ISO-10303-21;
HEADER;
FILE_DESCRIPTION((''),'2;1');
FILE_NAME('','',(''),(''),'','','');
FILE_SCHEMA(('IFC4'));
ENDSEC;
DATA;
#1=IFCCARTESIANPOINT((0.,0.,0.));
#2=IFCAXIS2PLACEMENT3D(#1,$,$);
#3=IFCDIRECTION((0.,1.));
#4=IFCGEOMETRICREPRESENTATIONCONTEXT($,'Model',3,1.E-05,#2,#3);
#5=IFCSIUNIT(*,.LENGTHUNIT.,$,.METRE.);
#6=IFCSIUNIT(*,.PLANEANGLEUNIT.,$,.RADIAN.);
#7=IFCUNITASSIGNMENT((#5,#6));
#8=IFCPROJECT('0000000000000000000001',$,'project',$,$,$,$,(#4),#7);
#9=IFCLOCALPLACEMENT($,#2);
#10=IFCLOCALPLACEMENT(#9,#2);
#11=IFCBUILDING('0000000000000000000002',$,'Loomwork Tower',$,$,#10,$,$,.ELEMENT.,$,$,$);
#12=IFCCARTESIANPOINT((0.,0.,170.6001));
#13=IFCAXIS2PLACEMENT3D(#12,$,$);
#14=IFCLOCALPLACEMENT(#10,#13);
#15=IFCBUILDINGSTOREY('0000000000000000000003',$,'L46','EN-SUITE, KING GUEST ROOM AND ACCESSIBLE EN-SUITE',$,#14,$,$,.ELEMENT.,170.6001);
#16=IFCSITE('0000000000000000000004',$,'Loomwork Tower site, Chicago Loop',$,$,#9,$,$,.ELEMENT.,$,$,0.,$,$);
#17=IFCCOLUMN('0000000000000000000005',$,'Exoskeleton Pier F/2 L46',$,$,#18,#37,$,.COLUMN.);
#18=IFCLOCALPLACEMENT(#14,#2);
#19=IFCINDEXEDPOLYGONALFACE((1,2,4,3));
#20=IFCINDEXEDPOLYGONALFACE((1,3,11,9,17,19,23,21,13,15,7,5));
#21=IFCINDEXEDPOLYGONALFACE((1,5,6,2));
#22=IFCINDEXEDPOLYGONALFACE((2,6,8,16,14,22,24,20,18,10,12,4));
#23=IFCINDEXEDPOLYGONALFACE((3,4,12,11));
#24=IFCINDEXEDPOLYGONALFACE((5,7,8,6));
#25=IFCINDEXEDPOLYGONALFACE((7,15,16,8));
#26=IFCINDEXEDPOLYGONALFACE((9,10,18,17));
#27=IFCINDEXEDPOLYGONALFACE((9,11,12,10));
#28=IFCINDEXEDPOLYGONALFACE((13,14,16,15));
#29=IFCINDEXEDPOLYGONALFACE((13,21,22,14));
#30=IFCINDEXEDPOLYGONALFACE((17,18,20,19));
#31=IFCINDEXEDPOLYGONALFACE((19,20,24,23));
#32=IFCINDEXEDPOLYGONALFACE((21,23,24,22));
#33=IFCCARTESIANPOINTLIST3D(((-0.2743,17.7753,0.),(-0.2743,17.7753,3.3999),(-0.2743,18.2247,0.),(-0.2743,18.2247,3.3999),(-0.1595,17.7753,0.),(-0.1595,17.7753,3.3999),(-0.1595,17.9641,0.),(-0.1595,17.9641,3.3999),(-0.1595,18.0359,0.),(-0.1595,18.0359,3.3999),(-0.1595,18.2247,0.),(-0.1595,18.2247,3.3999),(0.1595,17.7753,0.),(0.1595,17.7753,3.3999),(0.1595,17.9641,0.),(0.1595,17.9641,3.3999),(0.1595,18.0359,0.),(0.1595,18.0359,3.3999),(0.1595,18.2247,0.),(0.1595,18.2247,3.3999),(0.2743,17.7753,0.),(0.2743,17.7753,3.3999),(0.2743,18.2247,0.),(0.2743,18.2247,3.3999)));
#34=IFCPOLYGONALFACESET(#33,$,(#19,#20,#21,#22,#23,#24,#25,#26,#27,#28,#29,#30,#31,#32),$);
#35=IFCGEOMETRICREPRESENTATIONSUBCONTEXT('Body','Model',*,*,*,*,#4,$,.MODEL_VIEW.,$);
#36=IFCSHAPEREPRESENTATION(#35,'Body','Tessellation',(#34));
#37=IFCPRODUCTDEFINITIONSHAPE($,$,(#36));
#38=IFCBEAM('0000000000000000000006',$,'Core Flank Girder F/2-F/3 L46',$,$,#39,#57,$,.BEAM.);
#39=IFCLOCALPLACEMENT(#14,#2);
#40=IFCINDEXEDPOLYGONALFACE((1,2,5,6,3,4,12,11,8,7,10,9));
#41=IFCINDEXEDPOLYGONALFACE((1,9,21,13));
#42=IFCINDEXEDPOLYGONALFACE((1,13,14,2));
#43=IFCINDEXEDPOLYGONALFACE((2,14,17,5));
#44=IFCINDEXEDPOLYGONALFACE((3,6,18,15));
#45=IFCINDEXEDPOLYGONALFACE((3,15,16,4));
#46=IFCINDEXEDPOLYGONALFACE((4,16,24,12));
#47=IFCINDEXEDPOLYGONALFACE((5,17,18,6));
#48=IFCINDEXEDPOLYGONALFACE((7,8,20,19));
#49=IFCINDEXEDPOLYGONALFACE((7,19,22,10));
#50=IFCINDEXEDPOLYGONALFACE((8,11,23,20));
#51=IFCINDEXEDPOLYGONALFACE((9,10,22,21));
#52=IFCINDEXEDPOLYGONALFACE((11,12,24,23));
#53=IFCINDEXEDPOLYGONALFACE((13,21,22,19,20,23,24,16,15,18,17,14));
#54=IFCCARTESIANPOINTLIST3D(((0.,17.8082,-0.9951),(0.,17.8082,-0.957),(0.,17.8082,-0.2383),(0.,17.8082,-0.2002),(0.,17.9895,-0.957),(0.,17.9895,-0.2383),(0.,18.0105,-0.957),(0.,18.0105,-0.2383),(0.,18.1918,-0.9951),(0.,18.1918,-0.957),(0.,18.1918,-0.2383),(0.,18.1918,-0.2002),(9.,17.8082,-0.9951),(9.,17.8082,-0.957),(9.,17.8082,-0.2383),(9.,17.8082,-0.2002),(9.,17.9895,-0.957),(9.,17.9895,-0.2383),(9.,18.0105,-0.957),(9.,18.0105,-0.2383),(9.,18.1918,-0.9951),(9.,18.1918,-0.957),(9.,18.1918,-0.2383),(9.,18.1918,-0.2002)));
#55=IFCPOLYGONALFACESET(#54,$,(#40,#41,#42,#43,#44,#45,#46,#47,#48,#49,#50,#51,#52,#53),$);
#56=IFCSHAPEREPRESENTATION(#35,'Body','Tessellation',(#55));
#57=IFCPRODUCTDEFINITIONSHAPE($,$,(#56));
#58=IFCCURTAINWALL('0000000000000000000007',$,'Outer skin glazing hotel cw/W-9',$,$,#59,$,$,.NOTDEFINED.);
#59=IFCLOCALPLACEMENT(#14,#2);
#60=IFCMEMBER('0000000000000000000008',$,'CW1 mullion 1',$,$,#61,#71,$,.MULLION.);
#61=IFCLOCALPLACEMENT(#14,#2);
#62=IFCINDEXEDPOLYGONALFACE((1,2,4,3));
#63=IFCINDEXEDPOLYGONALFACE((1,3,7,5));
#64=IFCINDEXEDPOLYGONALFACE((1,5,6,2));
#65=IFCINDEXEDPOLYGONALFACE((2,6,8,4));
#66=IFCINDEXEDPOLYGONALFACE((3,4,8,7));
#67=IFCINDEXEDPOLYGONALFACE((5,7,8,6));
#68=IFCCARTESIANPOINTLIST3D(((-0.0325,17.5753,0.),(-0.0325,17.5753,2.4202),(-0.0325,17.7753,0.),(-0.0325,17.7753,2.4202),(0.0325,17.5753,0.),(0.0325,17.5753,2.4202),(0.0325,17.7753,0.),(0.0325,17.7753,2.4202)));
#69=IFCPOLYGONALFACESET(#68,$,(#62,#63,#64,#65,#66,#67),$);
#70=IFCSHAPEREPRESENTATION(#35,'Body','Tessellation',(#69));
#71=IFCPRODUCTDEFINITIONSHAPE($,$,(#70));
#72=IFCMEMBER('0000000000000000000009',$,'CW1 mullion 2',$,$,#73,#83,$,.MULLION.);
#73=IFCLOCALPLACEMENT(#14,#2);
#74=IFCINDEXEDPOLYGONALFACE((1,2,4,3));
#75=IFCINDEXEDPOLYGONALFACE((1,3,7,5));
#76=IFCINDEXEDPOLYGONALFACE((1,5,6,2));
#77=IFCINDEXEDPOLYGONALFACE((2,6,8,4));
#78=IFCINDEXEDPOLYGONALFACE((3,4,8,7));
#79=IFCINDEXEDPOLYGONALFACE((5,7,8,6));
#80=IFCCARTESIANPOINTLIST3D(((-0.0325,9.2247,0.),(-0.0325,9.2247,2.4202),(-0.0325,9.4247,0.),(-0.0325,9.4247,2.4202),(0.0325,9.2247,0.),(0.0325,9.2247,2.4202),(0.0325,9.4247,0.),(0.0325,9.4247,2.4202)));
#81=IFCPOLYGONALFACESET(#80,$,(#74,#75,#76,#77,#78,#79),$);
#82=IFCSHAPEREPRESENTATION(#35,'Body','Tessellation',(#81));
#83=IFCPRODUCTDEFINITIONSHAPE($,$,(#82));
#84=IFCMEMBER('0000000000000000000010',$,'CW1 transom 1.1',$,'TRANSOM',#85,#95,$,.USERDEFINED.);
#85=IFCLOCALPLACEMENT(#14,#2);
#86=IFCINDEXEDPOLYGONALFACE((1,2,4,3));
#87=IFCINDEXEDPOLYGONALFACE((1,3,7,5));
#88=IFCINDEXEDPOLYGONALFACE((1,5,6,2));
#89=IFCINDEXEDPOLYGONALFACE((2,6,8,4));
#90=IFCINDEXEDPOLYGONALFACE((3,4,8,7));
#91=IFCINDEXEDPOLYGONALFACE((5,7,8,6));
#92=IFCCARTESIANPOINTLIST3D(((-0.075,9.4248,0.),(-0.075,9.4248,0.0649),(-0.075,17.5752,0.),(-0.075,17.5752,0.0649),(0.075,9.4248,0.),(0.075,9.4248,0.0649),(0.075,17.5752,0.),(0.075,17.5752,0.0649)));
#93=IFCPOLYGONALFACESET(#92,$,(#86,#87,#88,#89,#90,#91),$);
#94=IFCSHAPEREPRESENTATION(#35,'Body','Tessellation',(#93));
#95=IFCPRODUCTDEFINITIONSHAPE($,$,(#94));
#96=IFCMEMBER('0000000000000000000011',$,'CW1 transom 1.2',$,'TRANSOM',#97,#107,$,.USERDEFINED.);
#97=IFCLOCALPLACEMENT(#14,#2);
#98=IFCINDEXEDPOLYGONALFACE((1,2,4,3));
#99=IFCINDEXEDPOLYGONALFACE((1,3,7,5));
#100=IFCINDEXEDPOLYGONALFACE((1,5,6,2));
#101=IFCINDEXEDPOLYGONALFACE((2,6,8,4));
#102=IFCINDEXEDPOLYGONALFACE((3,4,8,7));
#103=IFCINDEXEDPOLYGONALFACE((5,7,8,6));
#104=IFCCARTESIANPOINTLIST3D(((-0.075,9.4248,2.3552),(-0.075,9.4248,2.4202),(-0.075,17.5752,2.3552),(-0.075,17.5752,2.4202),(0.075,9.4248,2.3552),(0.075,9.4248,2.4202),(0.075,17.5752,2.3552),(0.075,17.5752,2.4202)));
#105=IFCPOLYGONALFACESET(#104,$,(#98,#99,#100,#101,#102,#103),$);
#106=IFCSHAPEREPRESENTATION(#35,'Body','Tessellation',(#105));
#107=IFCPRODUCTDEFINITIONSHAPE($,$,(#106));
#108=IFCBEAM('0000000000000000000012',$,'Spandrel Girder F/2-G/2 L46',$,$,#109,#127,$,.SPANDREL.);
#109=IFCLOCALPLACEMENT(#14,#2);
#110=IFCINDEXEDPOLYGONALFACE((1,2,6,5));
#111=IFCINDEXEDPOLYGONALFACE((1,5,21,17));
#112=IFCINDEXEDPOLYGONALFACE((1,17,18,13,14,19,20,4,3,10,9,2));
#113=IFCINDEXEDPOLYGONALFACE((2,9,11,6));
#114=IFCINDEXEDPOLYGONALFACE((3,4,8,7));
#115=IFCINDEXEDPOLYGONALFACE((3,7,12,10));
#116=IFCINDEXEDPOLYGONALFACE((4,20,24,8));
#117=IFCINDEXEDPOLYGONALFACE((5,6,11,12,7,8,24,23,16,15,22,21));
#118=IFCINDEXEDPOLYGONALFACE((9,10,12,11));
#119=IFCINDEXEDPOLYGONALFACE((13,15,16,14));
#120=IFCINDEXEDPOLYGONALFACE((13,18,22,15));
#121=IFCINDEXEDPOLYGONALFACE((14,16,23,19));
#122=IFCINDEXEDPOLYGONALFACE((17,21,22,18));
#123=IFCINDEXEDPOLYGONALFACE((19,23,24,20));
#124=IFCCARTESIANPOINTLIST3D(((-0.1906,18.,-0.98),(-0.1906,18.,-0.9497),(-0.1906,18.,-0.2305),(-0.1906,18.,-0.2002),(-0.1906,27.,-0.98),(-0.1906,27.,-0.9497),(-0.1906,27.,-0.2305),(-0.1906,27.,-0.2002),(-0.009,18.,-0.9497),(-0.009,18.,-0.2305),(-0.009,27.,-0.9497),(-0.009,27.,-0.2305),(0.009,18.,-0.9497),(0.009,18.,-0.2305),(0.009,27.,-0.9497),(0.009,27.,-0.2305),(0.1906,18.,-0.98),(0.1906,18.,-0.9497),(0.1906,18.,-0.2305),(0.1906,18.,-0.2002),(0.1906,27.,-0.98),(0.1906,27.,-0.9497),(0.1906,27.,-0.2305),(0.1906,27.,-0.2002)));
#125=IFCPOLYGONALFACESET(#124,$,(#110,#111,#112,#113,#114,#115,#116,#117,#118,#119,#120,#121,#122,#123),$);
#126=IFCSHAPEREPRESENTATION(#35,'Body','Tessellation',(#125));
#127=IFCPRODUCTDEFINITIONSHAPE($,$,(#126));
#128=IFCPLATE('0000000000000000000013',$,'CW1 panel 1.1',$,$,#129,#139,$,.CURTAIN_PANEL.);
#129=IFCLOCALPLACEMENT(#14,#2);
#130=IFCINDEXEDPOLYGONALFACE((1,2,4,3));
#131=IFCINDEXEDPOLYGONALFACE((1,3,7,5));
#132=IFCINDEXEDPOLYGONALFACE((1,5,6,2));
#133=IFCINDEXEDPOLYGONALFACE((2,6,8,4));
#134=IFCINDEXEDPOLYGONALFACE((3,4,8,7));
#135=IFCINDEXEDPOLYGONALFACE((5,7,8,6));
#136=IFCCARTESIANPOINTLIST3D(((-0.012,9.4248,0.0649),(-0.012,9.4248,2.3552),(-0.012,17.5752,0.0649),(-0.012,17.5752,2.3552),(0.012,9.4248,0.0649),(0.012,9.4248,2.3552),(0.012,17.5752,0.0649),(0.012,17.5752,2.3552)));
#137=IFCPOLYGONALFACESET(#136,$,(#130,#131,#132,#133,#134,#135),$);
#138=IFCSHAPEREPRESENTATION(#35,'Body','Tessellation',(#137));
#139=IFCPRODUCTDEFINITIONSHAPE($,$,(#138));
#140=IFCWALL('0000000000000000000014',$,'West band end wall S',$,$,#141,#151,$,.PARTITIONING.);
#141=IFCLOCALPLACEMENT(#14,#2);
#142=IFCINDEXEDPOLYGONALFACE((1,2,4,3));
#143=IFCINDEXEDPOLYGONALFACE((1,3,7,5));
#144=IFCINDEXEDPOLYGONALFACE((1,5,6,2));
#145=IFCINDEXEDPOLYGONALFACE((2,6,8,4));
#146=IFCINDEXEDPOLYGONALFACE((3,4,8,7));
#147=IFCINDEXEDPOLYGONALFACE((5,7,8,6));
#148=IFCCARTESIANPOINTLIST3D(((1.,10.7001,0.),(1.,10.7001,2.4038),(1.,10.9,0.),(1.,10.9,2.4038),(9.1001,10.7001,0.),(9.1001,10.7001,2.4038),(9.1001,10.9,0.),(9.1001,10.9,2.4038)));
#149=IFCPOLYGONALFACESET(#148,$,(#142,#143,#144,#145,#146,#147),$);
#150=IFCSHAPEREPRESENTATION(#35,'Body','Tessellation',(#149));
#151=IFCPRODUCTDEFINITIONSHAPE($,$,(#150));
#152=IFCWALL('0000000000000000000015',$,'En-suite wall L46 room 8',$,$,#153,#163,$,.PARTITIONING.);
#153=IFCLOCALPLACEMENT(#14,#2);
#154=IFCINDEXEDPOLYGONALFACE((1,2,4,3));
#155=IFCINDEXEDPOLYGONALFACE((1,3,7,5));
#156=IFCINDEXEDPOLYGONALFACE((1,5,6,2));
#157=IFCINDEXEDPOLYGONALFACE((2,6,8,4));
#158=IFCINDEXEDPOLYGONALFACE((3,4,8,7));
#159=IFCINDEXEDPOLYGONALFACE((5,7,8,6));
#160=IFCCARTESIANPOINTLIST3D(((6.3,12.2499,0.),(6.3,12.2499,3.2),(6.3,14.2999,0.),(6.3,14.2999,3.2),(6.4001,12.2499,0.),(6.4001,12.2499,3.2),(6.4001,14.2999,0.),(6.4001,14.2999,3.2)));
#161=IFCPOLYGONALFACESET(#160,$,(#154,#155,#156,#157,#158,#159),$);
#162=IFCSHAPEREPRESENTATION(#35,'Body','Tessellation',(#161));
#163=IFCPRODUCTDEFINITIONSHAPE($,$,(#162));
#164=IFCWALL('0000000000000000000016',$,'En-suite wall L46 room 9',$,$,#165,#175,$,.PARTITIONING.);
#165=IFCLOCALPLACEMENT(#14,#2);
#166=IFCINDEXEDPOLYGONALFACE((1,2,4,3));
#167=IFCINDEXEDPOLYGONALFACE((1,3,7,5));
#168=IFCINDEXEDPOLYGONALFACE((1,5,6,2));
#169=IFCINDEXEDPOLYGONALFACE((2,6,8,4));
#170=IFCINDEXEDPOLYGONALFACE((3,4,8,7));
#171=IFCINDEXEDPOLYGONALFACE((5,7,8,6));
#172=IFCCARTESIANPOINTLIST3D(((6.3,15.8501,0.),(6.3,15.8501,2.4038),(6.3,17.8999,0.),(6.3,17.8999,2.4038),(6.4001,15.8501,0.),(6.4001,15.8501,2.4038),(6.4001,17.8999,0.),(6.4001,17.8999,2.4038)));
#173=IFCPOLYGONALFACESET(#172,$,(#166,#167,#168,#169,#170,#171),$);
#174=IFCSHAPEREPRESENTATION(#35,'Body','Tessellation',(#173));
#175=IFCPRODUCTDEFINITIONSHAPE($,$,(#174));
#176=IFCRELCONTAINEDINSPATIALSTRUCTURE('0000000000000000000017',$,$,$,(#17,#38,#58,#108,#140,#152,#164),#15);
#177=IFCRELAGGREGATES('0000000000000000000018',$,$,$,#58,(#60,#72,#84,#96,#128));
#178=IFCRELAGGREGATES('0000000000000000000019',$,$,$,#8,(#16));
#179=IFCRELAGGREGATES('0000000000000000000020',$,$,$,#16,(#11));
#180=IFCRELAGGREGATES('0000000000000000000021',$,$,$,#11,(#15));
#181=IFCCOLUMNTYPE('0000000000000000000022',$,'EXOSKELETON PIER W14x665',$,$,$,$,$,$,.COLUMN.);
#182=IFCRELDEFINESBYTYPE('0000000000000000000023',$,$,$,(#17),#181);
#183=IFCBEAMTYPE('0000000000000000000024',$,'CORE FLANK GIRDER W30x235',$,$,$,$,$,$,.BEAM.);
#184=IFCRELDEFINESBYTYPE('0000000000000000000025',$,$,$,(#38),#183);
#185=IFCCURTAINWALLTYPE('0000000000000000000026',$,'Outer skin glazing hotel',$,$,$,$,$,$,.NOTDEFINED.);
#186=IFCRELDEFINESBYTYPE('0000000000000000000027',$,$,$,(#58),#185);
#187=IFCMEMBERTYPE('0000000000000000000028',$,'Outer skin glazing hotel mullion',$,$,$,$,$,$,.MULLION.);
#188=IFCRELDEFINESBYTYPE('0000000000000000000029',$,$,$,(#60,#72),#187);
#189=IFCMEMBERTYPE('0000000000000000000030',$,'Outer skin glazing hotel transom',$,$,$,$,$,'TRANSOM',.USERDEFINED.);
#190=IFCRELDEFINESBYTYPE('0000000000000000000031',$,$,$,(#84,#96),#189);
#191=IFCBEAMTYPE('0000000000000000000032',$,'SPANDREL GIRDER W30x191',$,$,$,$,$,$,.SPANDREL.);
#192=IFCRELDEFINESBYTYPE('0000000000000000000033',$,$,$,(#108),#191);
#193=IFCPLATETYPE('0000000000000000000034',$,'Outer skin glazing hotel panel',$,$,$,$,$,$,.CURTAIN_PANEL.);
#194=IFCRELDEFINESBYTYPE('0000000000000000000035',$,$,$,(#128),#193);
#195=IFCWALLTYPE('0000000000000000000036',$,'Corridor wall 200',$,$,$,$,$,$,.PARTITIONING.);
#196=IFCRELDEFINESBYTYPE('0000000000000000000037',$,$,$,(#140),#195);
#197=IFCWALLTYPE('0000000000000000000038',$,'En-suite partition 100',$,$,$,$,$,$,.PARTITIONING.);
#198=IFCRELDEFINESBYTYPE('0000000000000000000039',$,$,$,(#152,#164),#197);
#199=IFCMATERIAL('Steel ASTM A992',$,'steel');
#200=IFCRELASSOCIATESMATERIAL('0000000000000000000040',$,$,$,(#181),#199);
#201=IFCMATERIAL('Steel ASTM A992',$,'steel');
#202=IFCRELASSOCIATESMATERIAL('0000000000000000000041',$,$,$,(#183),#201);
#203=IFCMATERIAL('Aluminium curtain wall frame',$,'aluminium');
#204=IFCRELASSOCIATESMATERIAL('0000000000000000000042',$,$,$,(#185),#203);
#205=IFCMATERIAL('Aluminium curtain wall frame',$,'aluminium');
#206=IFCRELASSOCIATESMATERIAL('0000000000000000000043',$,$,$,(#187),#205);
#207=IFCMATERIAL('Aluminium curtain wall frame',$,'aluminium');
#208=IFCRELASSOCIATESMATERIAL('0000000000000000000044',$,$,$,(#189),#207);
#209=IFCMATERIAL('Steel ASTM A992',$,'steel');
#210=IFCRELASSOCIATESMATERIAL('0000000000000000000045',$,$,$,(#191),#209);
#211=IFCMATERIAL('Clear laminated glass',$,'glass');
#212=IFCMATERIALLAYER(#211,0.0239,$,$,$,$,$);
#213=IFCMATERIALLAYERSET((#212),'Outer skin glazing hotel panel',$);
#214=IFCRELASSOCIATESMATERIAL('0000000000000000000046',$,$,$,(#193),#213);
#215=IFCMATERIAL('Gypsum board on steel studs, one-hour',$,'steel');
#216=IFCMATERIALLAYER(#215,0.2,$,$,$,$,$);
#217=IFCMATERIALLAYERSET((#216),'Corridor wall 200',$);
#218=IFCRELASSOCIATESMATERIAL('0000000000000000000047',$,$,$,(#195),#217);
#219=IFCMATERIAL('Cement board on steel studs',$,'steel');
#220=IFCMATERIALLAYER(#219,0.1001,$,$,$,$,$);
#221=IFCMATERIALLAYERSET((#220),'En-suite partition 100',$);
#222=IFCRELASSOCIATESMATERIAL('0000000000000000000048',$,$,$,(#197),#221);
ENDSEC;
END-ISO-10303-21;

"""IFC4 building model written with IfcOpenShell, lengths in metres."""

from ifc_helpers import new_model, si_unit, direction, frame, frame_2d, origin, origin_2d, place, context, subcontext, project, spatial, rectangle, i_section, extrude, material, layer, layer_set, material_profile, profile_set, type_object, element, aggregate, save


model = new_model("IFC4")

# Units and contexts
model_context = context("Model", 3, precision=1e-05, world=origin(), true_north=direction((0.0, 1.0)))
body_context = subcontext(model_context, "Body", "Model", "MODEL_VIEW")
ifc_project = project(units=[si_unit("LENGTHUNIT", "METRE"), si_unit("PLANEANGLEUNIT", "RADIAN")], contexts=[model_context])

# Site, building, storey
site_placement = place(None, origin())
site = spatial("IfcSite", under=ifc_project, at=site_placement, Name="Loomwork Tower site, Chicago Loop", CompositionType="ELEMENT", RefElevation=0.0)
building_placement = place(site_placement, origin())
building = spatial("IfcBuilding", under=site, at=building_placement, Name="Loomwork Tower", CompositionType="ELEMENT")
storey_placement = place(building_placement, frame((0.0, 0.0, 170.6001)))
storey = spatial("IfcBuildingStorey", under=building, at=storey_placement, Name="L46", Description="EN-SUITE, KING GUEST ROOM AND ACCESSIBLE EN-SUITE", CompositionType="ELEMENT", Elevation=170.6001)

# Column
ifc_material_1 = material(Name="Steel ASTM A992", Category="steel")
ifc_material_profile_1 = material_profile(ifc_material_1, i_section(OverallWidth=0.4495, OverallDepth=0.5486, WebThickness=0.0718, FlangeThickness=0.1147, at=origin_2d()), Name="W14x665")
ifc_profile_set_1 = profile_set([ifc_material_profile_1], Name="Steel ASTM A992")
column_type = type_object("IfcColumnType", Name="EXOSKELETON PIER W14x665", PredefinedType="COLUMN", material=ifc_profile_set_1)
column_placement = place(storey_placement, frame((0.0, 18.0, 0.0), z_axis=(0.0, 0.0, 1.0), x_axis=(0.0, 1.0, 0.0)))
element("IfcColumn", 1, at=column_placement, inside=storey, type_object=column_type, Name="Exoskeleton Pier F/2 L46", PredefinedType="COLUMN", context=body_context, shape_type="SweptSolid", body=[
    extrude(i_section(OverallWidth=0.4495, OverallDepth=0.5486, WebThickness=0.0718, FlangeThickness=0.1147, at=origin_2d()), origin(), (0.0, 0.0, 1.0), 3.3999),
])

# Beam
ifc_material_2 = material(Name="Steel ASTM A992", Category="steel")
ifc_material_profile_2 = material_profile(ifc_material_2, i_section(OverallWidth=0.3835, OverallDepth=0.7949, WebThickness=0.021, FlangeThickness=0.0381, at=origin_2d()), Name="W30x235")
ifc_profile_set_2 = profile_set([ifc_material_profile_2], Name="Steel ASTM A992")
beam_type_1 = type_object("IfcBeamType", Name="CORE FLANK GIRDER W30x235", PredefinedType="BEAM", material=ifc_profile_set_2)
beam_1_placement = place(storey_placement, frame((0.0, 18.0, -0.5977), z_axis=(1.0, 0.0, 0.0), x_axis=(0.0, 1.0, 0.0)))
element("IfcBeam", 2, at=beam_1_placement, inside=storey, type_object=beam_type_1, Name="Core Flank Girder F/2-F/3 L46", PredefinedType="BEAM", context=body_context, shape_type="SweptSolid", body=[
    extrude(i_section(OverallWidth=0.3835, OverallDepth=0.7949, WebThickness=0.021, FlangeThickness=0.0381, at=origin_2d()), origin(), (0.0, 0.0, 1.0), 9.0),
])

# Curtain wall, members
ifc_material_3 = material(Name="Aluminium curtain wall frame", Category="aluminium")
curtain_wall_type = type_object("IfcCurtainWallType", Name="Outer skin glazing hotel", PredefinedType="NOTDEFINED", material=ifc_material_3)
curtain_wall_placement = place(storey_placement, origin())
curtain_wall = element("IfcCurtainWall", 3, at=curtain_wall_placement, inside=storey, type_object=curtain_wall_type, Name="Outer skin glazing hotel cw/W-9", PredefinedType="NOTDEFINED")
ifc_material_4 = material(Name="Aluminium curtain wall frame", Category="aluminium")
ifc_material_profile_3 = material_profile(ifc_material_4, rectangle(XDim=0.0649, YDim=0.2, at=origin_2d()), Name="AL 65x200")
ifc_profile_set_3 = profile_set([ifc_material_profile_3], Name="Aluminium curtain wall frame")
member_type_1 = type_object("IfcMemberType", Name="Outer skin glazing hotel mullion", PredefinedType="MULLION", material=ifc_profile_set_3)
member_1_placement = place(storey_placement, frame((0.0, 17.6753, 0.0), z_axis=(0.0, 0.0, 1.0), x_axis=(1.0, 0.0, 0.0)))
member_1 = element("IfcMember", 4, at=member_1_placement, type_object=member_type_1, Name="CW1 mullion 1", PredefinedType="MULLION", context=body_context, shape_type="SweptSolid", body=[
    extrude(rectangle(XDim=0.0649, YDim=0.2, at=origin_2d()), origin(), (0.0, 0.0, 1.0), 2.4202),
])
member_2_placement = place(storey_placement, frame((0.0, 9.3247, 0.0), z_axis=(0.0, 0.0, 1.0), x_axis=(1.0, 0.0, 0.0)))
member_2 = element("IfcMember", 5, at=member_2_placement, type_object=member_type_1, Name="CW1 mullion 2", PredefinedType="MULLION", context=body_context, shape_type="SweptSolid", body=[
    extrude(rectangle(XDim=0.0649, YDim=0.2, at=origin_2d()), origin(), (0.0, 0.0, 1.0), 2.4202),
])
ifc_material_5 = material(Name="Aluminium curtain wall frame", Category="aluminium")
ifc_material_profile_4 = material_profile(ifc_material_5, rectangle(XDim=0.1499, YDim=0.0649, at=origin_2d()), Name="AL 65x150")
ifc_profile_set_4 = profile_set([ifc_material_profile_4], Name="Aluminium curtain wall frame")
member_type_2 = type_object("IfcMemberType", Name="Outer skin glazing hotel transom", ElementType="TRANSOM", PredefinedType="USERDEFINED", material=ifc_profile_set_4)
member_3_placement = place(storey_placement, frame((0.0, 17.5752, 0.0325), z_axis=(0.0, -1.0, 0.0), x_axis=(1.0, 0.0, 0.0)))
member_3 = element("IfcMember", 6, at=member_3_placement, type_object=member_type_2, Name="CW1 transom 1.1", ObjectType="TRANSOM", PredefinedType="USERDEFINED", context=body_context, shape_type="SweptSolid", body=[
    extrude(rectangle(XDim=0.1499, YDim=0.0649, at=origin_2d()), origin(), (0.0, 0.0, 1.0), 8.1504),
])
member_4_placement = place(storey_placement, frame((0.0, 17.5752, 2.3877), z_axis=(0.0, -1.0, 0.0), x_axis=(1.0, 0.0, 0.0)))
member_4 = element("IfcMember", 7, at=member_4_placement, type_object=member_type_2, Name="CW1 transom 1.2", ObjectType="TRANSOM", PredefinedType="USERDEFINED", context=body_context, shape_type="SweptSolid", body=[
    extrude(rectangle(XDim=0.1499, YDim=0.0649, at=origin_2d()), origin(), (0.0, 0.0, 1.0), 8.1504),
])

# Beam
ifc_material_6 = material(Name="Steel ASTM A992", Category="steel")
ifc_material_profile_5 = material_profile(ifc_material_6, i_section(OverallWidth=0.3811, OverallDepth=0.7798, WebThickness=0.0181, FlangeThickness=0.0303, at=origin_2d()), Name="W30x191")
ifc_profile_set_5 = profile_set([ifc_material_profile_5], Name="Steel ASTM A992")
beam_type_2 = type_object("IfcBeamType", Name="SPANDREL GIRDER W30x191", PredefinedType="SPANDREL", material=ifc_profile_set_5)
beam_2_placement = place(storey_placement, frame((0.0, 18.0, -0.5901), z_axis=(0.0, 1.0, 0.0), x_axis=(-1.0, 0.0, 0.0)))
element("IfcBeam", 8, at=beam_2_placement, inside=storey, type_object=beam_type_2, Name="Spandrel Girder F/2-G/2 L46", PredefinedType="SPANDREL", context=body_context, shape_type="SweptSolid", body=[
    extrude(i_section(OverallWidth=0.3811, OverallDepth=0.7798, WebThickness=0.0181, FlangeThickness=0.0303, at=origin_2d()), origin(), (0.0, 0.0, 1.0), 9.0),
])

# Plate
ifc_material_7 = material(Name="Clear laminated glass", Category="glass")
ifc_layer_1 = layer(ifc_material_7, 0.0239)
ifc_layer_set_1 = layer_set([ifc_layer_1], Name="Outer skin glazing hotel panel")
plate_type = type_object("IfcPlateType", Name="Outer skin glazing hotel panel", PredefinedType="CURTAIN_PANEL", material=ifc_layer_set_1)
plate_placement = place(storey_placement, frame((0.0, 13.5, 0.0649), z_axis=(0.0, 0.0, 1.0), x_axis=(0.0, -1.0, 0.0)))
plate = element("IfcPlate", 9, at=plate_placement, type_object=plate_type, Name="CW1 panel 1.1", PredefinedType="CURTAIN_PANEL", context=body_context, shape_type="SweptSolid", body=[
    extrude(rectangle(XDim=8.1504, YDim=0.0239, at=origin_2d()), origin(), (0.0, 0.0, 1.0), 2.2903),
])
aggregate(curtain_wall, [member_1, member_2, member_3, member_4, plate])

# Walls
ifc_material_8 = material(Name="Gypsum board on steel studs, one-hour", Category="steel")
ifc_layer_2 = layer(ifc_material_8, 0.2)
ifc_layer_set_2 = layer_set([ifc_layer_2], Name="Corridor wall 200")
wall_type_1 = type_object("IfcWallType", Name="Corridor wall 200", PredefinedType="PARTITIONING", material=ifc_layer_set_2)
wall_1_placement = place(storey_placement, frame((1.0, 10.8, 0.0), z_axis=(0.0, 0.0, 1.0), x_axis=(1.0, 0.0, 0.0)))
element("IfcWall", 10, at=wall_1_placement, inside=storey, type_object=wall_type_1, Name="West band end wall S", PredefinedType="PARTITIONING", context=body_context, shape_type="SweptSolid", body=[
    extrude(rectangle(XDim=8.1001, YDim=0.2, at=frame_2d((4.05, 0.0))), origin(), (0.0, 0.0, 1.0), 2.4038),
])
ifc_material_9 = material(Name="Cement board on steel studs", Category="steel")
ifc_layer_3 = layer(ifc_material_9, 0.1001)
ifc_layer_set_3 = layer_set([ifc_layer_3], Name="En-suite partition 100")
wall_type_2 = type_object("IfcWallType", Name="En-suite partition 100", PredefinedType="PARTITIONING", material=ifc_layer_set_3)
wall_2_placement = place(storey_placement, frame((6.3501, 12.25, 0.0), z_axis=(0.0, 0.0, 1.0), x_axis=(0.0, 1.0, 0.0)))
element("IfcWall", 11, at=wall_2_placement, inside=storey, type_object=wall_type_2, Name="En-suite wall L46 room 8", PredefinedType="PARTITIONING", context=body_context, shape_type="SweptSolid", body=[
    extrude(rectangle(XDim=2.05, YDim=0.1001, at=frame_2d((1.0249, 0.0))), origin(), (0.0, 0.0, 1.0), 3.2),
])
wall_3_placement = place(storey_placement, frame((6.3501, 15.8501, 0.0), z_axis=(0.0, 0.0, 1.0), x_axis=(0.0, 1.0, 0.0)))
element("IfcWall", 12, at=wall_3_placement, inside=storey, type_object=wall_type_2, Name="En-suite wall L46 room 9", PredefinedType="PARTITIONING", context=body_context, shape_type="SweptSolid", body=[
    extrude(rectangle(XDim=2.0498, YDim=0.1001, at=frame_2d((1.0249, 0.0))), origin(), (0.0, 0.0, 1.0), 2.4038),
])

save(model, "model.ifc")
